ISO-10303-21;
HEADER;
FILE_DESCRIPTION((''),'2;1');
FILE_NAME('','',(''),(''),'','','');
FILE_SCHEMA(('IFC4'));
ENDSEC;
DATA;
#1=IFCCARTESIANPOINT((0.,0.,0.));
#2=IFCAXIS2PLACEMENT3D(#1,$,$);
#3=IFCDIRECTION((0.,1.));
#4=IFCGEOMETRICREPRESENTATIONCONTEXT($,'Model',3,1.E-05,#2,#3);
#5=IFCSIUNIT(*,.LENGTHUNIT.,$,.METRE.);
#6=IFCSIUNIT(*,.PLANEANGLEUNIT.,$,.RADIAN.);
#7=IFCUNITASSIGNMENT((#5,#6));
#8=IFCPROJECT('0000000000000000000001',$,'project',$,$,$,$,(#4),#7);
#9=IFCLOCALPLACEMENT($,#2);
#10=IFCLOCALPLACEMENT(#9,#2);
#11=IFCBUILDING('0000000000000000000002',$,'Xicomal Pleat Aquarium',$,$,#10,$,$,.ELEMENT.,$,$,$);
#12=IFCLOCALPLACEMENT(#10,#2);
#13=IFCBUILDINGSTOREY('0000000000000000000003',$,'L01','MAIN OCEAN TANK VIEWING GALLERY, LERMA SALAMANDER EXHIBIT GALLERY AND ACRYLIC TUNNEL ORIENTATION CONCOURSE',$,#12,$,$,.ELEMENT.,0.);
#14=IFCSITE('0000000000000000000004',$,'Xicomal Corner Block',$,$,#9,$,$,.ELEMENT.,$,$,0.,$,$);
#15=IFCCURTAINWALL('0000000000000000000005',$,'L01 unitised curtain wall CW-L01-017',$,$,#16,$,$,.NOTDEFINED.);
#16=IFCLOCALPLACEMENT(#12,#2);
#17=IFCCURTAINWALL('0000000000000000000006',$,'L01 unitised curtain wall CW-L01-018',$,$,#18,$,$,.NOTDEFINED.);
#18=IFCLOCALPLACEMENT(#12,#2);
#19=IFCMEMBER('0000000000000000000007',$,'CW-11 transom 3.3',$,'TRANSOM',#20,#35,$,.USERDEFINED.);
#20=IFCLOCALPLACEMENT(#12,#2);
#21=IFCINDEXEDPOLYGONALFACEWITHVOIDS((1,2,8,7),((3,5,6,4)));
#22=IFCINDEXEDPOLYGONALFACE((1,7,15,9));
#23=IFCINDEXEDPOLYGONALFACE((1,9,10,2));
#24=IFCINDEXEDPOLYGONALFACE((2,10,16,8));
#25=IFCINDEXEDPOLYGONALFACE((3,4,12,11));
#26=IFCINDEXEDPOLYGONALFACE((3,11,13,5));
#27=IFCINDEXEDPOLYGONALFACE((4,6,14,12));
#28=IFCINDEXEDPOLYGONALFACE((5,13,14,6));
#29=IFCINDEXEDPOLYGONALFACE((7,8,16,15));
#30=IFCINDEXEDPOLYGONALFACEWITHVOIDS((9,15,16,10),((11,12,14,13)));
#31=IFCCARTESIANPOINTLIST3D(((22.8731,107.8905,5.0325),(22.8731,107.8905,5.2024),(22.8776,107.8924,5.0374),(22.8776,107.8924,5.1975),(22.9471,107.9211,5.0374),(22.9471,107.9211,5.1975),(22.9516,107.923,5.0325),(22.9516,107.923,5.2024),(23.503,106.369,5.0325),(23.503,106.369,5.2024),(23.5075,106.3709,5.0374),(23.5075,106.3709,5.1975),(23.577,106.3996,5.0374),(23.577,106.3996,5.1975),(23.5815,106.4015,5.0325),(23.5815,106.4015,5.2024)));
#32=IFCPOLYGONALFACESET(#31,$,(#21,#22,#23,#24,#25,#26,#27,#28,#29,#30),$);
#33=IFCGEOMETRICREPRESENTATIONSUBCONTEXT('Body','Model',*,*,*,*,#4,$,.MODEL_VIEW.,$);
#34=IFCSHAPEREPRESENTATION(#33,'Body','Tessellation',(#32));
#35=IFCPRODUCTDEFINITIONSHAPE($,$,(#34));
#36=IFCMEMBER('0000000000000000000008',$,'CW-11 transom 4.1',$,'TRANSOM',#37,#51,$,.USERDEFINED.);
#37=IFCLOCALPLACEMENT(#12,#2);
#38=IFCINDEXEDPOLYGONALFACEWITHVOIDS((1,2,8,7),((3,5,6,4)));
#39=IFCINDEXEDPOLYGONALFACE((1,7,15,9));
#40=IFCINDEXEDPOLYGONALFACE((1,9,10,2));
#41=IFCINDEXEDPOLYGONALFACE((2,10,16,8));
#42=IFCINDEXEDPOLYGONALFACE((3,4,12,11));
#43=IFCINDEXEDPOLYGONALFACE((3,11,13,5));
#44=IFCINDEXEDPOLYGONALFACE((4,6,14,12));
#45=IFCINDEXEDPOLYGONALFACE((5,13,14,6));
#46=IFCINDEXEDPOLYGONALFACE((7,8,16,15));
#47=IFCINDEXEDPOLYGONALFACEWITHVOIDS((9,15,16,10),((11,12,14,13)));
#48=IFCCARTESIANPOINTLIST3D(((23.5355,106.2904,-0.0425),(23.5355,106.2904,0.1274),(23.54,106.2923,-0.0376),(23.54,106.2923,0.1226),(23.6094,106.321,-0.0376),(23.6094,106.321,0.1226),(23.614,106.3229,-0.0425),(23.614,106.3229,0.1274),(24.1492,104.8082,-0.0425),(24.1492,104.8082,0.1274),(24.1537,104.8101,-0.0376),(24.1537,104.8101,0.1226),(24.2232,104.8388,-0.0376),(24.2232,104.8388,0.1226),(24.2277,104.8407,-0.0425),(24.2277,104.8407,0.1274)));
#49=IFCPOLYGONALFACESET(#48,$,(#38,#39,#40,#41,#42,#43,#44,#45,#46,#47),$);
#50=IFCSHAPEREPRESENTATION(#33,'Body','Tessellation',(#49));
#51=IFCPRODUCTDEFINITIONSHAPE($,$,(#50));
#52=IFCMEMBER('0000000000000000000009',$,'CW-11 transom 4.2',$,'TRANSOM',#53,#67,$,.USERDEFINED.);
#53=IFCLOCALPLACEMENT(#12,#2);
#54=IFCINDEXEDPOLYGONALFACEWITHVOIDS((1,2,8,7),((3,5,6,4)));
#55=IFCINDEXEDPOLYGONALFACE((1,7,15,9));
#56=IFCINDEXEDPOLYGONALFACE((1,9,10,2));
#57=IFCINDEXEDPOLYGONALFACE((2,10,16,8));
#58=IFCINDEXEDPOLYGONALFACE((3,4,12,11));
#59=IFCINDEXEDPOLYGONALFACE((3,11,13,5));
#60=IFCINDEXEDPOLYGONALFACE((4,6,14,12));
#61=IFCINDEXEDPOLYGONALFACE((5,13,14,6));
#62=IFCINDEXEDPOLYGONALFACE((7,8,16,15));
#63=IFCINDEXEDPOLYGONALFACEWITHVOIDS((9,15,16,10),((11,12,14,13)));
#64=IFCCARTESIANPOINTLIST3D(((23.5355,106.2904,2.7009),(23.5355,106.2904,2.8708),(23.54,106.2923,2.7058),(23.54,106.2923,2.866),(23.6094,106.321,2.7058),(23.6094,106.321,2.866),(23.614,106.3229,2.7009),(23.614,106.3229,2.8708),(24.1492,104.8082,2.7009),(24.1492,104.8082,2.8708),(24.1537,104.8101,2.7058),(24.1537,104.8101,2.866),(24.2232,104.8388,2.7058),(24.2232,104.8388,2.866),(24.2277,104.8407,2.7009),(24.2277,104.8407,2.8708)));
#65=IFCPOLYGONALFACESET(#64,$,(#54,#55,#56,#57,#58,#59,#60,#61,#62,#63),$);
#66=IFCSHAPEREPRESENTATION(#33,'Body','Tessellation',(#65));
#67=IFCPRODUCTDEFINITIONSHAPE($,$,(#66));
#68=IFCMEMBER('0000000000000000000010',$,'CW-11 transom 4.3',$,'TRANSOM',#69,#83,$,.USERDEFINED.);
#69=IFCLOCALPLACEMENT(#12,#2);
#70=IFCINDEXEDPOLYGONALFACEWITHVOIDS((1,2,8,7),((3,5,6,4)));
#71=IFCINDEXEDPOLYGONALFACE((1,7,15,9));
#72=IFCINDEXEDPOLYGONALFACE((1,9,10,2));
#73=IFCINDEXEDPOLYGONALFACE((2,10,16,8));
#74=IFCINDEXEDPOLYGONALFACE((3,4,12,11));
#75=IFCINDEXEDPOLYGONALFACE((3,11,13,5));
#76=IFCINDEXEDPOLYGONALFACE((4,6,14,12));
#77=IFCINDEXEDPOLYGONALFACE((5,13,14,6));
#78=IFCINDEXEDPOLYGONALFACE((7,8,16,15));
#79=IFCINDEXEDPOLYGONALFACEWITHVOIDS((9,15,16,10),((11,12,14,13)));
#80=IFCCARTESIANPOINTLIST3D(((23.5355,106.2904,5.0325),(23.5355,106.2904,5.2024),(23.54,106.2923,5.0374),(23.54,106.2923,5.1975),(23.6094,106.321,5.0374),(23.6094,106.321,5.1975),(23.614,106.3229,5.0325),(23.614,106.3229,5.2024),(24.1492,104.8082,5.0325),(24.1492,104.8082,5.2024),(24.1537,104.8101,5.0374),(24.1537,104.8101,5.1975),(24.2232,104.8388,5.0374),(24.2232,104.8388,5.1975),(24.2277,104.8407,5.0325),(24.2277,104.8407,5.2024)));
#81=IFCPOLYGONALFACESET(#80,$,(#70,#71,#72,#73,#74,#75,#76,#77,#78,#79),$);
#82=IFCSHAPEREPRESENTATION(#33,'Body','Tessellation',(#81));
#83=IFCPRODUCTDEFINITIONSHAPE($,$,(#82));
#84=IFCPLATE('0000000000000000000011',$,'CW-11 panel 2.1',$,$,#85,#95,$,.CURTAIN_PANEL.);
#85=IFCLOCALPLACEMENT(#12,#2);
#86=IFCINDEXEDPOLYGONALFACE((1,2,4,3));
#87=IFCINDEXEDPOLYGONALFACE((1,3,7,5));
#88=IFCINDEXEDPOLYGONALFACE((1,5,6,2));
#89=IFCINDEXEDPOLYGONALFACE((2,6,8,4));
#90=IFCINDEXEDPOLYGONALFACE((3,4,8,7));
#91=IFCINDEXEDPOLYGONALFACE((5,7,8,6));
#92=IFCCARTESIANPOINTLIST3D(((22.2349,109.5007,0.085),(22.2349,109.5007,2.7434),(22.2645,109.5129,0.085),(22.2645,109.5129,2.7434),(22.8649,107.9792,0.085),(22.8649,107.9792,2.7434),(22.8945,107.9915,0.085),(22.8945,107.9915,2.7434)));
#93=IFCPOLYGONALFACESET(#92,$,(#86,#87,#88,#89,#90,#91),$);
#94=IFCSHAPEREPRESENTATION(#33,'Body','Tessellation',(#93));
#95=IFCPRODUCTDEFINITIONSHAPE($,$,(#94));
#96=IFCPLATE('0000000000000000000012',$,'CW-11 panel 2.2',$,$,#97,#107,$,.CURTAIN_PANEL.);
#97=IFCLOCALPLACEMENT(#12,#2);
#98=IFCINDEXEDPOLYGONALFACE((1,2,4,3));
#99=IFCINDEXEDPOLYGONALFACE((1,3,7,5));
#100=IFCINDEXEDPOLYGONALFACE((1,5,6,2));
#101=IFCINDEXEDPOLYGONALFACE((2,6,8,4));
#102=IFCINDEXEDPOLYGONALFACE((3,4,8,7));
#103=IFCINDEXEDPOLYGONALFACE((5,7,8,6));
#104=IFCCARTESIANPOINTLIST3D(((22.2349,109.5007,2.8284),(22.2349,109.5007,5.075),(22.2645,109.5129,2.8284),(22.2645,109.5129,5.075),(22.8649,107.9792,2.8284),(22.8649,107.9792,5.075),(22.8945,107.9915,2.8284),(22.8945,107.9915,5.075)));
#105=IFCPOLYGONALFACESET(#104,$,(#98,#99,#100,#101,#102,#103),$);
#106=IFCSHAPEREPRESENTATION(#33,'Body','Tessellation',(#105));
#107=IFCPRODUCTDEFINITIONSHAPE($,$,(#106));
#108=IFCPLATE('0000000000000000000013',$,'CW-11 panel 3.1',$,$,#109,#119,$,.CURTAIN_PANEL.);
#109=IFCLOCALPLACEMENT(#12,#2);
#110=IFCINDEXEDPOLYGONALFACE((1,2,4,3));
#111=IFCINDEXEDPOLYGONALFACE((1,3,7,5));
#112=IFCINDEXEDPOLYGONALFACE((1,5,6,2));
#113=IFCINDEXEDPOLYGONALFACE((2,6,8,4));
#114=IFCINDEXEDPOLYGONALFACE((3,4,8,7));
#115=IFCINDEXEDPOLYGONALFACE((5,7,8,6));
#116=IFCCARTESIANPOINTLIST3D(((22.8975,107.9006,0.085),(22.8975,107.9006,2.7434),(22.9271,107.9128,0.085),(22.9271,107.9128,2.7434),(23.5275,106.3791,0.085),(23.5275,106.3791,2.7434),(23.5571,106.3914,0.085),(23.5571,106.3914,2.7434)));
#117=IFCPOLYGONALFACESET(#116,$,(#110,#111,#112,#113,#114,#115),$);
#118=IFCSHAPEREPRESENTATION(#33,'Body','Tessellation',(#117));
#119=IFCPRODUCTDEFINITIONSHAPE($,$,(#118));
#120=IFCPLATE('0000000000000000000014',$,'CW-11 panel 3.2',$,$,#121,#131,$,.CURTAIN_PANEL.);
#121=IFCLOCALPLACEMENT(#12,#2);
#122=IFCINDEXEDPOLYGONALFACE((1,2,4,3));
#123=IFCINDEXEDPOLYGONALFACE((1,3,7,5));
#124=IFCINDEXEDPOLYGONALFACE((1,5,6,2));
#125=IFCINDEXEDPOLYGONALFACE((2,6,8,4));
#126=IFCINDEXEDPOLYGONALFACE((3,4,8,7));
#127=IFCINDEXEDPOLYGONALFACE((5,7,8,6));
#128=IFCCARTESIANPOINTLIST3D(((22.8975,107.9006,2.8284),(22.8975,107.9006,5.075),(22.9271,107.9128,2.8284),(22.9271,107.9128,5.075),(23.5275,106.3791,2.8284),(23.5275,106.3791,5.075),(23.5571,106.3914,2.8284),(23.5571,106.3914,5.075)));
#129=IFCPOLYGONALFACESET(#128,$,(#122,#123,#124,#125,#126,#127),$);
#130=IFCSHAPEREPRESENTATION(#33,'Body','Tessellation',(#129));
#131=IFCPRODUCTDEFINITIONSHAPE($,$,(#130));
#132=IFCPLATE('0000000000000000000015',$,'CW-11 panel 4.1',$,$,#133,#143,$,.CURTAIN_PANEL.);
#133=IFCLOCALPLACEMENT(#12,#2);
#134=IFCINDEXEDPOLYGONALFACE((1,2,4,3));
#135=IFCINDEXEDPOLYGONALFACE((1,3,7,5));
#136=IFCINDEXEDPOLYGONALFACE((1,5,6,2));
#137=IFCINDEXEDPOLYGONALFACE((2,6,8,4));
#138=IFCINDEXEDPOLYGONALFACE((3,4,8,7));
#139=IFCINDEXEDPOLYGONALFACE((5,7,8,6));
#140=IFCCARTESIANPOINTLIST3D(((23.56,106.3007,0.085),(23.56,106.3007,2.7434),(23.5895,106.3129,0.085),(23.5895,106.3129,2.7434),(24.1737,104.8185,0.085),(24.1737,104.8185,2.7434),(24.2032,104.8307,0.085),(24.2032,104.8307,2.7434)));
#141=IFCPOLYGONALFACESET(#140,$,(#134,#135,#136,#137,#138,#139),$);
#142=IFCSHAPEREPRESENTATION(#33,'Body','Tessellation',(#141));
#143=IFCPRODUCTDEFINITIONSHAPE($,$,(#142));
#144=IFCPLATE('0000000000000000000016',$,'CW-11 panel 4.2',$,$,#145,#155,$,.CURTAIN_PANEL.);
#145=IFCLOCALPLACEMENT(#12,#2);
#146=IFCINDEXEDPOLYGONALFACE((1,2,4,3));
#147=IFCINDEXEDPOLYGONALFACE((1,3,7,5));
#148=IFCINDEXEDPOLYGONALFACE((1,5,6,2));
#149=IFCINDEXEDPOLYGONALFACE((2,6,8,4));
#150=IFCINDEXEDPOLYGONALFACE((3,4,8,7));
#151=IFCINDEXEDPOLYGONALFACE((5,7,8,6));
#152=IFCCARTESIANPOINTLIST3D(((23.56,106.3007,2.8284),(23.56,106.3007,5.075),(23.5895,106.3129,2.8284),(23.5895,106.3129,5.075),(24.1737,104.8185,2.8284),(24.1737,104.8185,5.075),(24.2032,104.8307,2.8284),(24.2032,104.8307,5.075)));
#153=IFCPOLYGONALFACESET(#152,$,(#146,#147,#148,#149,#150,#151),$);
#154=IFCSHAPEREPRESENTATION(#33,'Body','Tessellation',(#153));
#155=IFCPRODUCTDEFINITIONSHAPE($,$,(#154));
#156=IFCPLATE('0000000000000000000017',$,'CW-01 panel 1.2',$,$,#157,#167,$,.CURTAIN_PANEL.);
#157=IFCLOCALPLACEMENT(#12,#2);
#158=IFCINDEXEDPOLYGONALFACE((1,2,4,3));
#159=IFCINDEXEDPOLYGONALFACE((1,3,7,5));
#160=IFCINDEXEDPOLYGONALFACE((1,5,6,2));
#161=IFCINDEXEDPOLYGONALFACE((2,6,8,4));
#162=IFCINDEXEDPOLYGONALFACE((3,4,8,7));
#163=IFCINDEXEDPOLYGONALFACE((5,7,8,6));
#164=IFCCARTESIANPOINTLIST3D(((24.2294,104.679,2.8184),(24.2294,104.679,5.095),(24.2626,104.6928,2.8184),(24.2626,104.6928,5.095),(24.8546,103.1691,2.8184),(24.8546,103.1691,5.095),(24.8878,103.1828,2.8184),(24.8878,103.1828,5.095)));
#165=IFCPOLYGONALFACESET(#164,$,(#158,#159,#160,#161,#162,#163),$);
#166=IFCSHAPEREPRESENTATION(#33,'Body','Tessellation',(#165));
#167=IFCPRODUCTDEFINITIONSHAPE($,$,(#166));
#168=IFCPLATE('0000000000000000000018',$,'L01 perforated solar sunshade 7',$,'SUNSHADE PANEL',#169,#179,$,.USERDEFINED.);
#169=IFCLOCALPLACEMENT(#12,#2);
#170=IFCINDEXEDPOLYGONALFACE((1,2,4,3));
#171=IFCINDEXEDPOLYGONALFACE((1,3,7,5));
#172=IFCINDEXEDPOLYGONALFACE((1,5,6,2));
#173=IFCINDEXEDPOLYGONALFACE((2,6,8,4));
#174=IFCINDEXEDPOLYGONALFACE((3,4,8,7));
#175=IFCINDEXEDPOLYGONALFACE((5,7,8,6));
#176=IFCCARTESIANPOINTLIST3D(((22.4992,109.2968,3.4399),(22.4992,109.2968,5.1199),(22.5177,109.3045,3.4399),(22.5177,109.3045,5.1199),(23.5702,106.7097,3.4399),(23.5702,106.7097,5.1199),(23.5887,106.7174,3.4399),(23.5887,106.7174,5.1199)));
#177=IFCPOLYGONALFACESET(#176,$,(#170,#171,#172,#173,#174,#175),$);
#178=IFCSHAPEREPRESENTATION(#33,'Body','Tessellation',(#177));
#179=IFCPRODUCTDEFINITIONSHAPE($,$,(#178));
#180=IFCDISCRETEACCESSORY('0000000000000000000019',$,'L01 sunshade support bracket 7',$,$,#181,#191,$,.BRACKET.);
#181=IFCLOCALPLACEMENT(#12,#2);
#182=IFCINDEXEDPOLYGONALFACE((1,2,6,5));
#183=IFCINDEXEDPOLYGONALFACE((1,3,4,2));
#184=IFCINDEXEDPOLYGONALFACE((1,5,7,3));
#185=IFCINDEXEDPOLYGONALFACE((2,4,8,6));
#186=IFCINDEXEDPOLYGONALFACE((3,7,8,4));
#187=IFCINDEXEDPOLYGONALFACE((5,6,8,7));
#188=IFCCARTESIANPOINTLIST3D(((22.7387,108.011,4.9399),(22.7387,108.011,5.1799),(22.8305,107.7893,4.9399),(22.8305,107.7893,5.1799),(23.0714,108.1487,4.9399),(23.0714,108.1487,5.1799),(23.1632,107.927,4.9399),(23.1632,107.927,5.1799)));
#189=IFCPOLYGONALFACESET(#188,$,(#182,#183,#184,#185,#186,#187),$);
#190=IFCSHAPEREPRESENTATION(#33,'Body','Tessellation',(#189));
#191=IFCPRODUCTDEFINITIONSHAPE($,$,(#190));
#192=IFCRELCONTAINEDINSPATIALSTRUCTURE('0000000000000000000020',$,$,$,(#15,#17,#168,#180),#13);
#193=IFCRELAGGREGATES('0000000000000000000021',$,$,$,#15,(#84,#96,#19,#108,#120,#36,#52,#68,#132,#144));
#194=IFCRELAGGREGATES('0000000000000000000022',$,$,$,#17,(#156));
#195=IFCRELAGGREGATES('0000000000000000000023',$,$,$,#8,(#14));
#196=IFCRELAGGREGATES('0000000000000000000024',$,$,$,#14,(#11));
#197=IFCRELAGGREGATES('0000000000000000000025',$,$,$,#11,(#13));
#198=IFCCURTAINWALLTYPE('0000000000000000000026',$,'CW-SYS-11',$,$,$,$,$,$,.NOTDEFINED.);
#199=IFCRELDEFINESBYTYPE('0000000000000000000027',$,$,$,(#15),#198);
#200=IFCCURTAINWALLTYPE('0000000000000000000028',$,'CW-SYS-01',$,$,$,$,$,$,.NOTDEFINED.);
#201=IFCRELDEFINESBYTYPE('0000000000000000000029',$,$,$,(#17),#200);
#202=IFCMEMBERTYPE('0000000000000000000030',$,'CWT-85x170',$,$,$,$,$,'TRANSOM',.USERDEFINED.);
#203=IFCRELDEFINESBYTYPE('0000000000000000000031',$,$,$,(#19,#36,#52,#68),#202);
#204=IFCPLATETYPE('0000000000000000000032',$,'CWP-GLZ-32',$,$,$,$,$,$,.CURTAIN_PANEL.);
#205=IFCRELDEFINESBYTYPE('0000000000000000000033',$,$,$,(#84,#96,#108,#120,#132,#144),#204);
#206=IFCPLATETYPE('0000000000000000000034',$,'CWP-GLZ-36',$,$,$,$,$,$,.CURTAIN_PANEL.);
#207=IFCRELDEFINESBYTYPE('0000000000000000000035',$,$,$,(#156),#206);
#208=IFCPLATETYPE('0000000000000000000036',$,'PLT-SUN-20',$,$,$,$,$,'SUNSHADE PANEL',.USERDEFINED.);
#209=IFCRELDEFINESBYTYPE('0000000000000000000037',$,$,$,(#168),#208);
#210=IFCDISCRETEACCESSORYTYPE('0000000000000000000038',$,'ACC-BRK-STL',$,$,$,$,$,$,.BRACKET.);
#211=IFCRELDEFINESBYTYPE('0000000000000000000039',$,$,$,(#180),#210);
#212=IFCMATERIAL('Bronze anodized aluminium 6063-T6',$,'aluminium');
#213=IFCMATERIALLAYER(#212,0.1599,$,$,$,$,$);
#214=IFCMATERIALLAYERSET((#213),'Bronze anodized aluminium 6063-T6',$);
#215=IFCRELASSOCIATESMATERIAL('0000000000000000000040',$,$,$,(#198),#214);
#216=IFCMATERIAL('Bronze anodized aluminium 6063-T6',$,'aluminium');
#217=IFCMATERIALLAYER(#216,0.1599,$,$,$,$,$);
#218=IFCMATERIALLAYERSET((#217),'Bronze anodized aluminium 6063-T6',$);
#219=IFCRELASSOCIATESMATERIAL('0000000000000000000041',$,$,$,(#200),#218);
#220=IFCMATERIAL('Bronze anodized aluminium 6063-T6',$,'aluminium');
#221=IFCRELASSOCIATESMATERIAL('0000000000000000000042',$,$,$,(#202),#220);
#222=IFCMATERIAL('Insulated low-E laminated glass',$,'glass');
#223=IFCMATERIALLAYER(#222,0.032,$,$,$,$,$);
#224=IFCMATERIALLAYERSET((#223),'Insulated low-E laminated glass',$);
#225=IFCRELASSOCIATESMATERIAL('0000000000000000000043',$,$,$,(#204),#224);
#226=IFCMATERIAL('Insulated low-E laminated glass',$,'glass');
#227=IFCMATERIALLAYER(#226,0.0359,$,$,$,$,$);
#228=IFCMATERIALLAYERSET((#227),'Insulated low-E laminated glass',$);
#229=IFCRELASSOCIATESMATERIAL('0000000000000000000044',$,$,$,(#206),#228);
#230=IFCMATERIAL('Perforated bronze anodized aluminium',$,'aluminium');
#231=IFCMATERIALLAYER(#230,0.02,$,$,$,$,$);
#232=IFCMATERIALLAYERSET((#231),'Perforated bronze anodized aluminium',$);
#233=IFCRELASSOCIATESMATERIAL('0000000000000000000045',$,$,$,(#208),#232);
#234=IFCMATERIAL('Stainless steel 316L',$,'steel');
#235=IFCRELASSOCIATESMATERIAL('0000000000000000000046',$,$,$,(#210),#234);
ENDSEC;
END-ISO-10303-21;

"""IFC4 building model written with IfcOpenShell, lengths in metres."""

from ifc_helpers import new_model, si_unit, direction, frame, origin, origin_2d, place, context, subcontext, project, spatial, rectangle, hollow_rectangle, extrude, material, layer, layer_set, material_profile, profile_set, type_object, element, aggregate, save


model = new_model("IFC4")

# Units and contexts
model_context = context("Model", 3, precision=1e-05, world=origin(), true_north=direction((0.0, 1.0)))
body_context = subcontext(model_context, "Body", "Model", "MODEL_VIEW")
ifc_project = project(units=[si_unit("LENGTHUNIT", "METRE"), si_unit("PLANEANGLEUNIT", "RADIAN")], contexts=[model_context])

# Site, building, storey
site_placement = place(None, origin())
site = spatial("IfcSite", under=ifc_project, at=site_placement, Name="Xicomal Corner Block", CompositionType="ELEMENT", RefElevation=0.0)
building_placement = place(site_placement, origin())
building = spatial("IfcBuilding", under=site, at=building_placement, Name="Xicomal Pleat Aquarium", CompositionType="ELEMENT")
storey_placement = place(building_placement, origin())
storey = spatial("IfcBuildingStorey", under=building, at=storey_placement, Name="L01", Description="MAIN OCEAN TANK VIEWING GALLERY, LERMA SALAMANDER EXHIBIT GALLERY AND ACRYLIC TUNNEL ORIENTATION CONCOURSE", CompositionType="ELEMENT", Elevation=0.0)

# Curtain walls
ifc_material_1 = material(Name="Bronze anodized aluminium 6063-T6", Category="aluminium")
ifc_layer_1 = layer(ifc_material_1, 0.1599)
ifc_layer_set_1 = layer_set([ifc_layer_1], Name="Bronze anodized aluminium 6063-T6")
curtain_wall_type_1 = type_object("IfcCurtainWallType", Name="CW-SYS-11", PredefinedType="NOTDEFINED", material=ifc_layer_set_1)
curtain_wall_1_placement = place(storey_placement, origin())
curtain_wall_1 = element("IfcCurtainWall", 1, at=curtain_wall_1_placement, inside=storey, type_object=curtain_wall_type_1, Name="L01 unitised curtain wall CW-L01-017", PredefinedType="NOTDEFINED")
ifc_material_2 = material(Name="Bronze anodized aluminium 6063-T6", Category="aluminium")
ifc_layer_2 = layer(ifc_material_2, 0.1599)
ifc_layer_set_2 = layer_set([ifc_layer_2], Name="Bronze anodized aluminium 6063-T6")
curtain_wall_type_2 = type_object("IfcCurtainWallType", Name="CW-SYS-01", PredefinedType="NOTDEFINED", material=ifc_layer_set_2)
curtain_wall_2_placement = place(storey_placement, origin())
curtain_wall_2 = element("IfcCurtainWall", 2, at=curtain_wall_2_placement, inside=storey, type_object=curtain_wall_type_2, Name="L01 unitised curtain wall CW-L01-018", PredefinedType="NOTDEFINED")

# Members
ifc_material_3 = material(Name="Bronze anodized aluminium 6063-T6", Category="aluminium")
ifc_material_profile_1 = material_profile(ifc_material_3, hollow_rectangle(XDim=0.085, YDim=0.1699, WallThickness=0.0049, at=origin_2d()), Name="ALU TRAN 85x170")
ifc_profile_set_1 = profile_set([ifc_material_profile_1], Name="Bronze anodized aluminium 6063-T6")
member_type_1 = type_object("IfcMemberType", Name="CWT-85x170", ElementType="TRANSOM", PredefinedType="USERDEFINED", material=ifc_profile_set_1)
member_1_placement = place(storey_placement, frame((22.9124, 107.9067, 5.1174), z_axis=(0.382509, -0.923952, 0.0), x_axis=(0.923952, 0.382509, 0.0)))
member_1 = element("IfcMember", 3, at=member_1_placement, type_object=member_type_1, Name="CW-11 transom 3.3", ObjectType="TRANSOM", PredefinedType="USERDEFINED", context=body_context, shape_type="SweptSolid", body=[
    extrude(hollow_rectangle(XDim=0.085, YDim=0.1699, WallThickness=0.0049, at=origin_2d()), origin(), (0.0, 0.0, 1.0), 1.6467),
])
member_2_placement = place(storey_placement, frame((23.5747, 106.3066, 0.0425), z_axis=(0.382594, -0.923917, 0.0), x_axis=(0.923917, 0.382594, 0.0)))
member_2 = element("IfcMember", 4, at=member_2_placement, type_object=member_type_1, Name="CW-11 transom 4.1", ObjectType="TRANSOM", PredefinedType="USERDEFINED", context=body_context, shape_type="SweptSolid", body=[
    extrude(hollow_rectangle(XDim=0.085, YDim=0.1699, WallThickness=0.0049, at=origin_2d()), origin(), (0.0, 0.0, 1.0), 1.6042),
])
member_3_placement = place(storey_placement, frame((23.5747, 106.3066, 2.7859), z_axis=(0.382594, -0.923917, 0.0), x_axis=(0.923917, 0.382594, 0.0)))
member_3 = element("IfcMember", 5, at=member_3_placement, type_object=member_type_1, Name="CW-11 transom 4.2", ObjectType="TRANSOM", PredefinedType="USERDEFINED", context=body_context, shape_type="SweptSolid", body=[
    extrude(hollow_rectangle(XDim=0.085, YDim=0.1699, WallThickness=0.0049, at=origin_2d()), origin(), (0.0, 0.0, 1.0), 1.6042),
])
member_4_placement = place(storey_placement, frame((23.5747, 106.3066, 5.1174), z_axis=(0.382594, -0.923917, 0.0), x_axis=(0.923917, 0.382594, 0.0)))
member_4 = element("IfcMember", 6, at=member_4_placement, type_object=member_type_1, Name="CW-11 transom 4.3", ObjectType="TRANSOM", PredefinedType="USERDEFINED", context=body_context, shape_type="SweptSolid", body=[
    extrude(hollow_rectangle(XDim=0.085, YDim=0.1699, WallThickness=0.0049, at=origin_2d()), origin(), (0.0, 0.0, 1.0), 1.6042),
])

# Plates
ifc_material_4 = material(Name="Insulated low-E laminated glass", Category="glass")
ifc_layer_3 = layer(ifc_material_4, 0.032)
ifc_layer_set_3 = layer_set([ifc_layer_3], Name="Insulated low-E laminated glass")
plate_type_1 = type_object("IfcPlateType", Name="CWP-GLZ-32", PredefinedType="CURTAIN_PANEL", material=ifc_layer_set_3)
plate_1_placement = place(storey_placement, frame((22.5647, 108.7461, 0.085), z_axis=(0.0, 0.0, 1.0), x_axis=(0.382564, -0.923929, 0.0)))
plate_1 = element("IfcPlate", 7, at=plate_1_placement, type_object=plate_type_1, Name="CW-11 panel 2.1", PredefinedType="CURTAIN_PANEL", context=body_context, shape_type="SweptSolid", body=[
    extrude(rectangle(XDim=1.6467, YDim=0.032, at=origin_2d()), origin(), (0.0, 0.0, 1.0), 2.6584),
])
plate_2_placement = place(storey_placement, frame((22.5647, 108.7461, 2.8284), z_axis=(0.0, 0.0, 1.0), x_axis=(0.382564, -0.923929, 0.0)))
plate_2 = element("IfcPlate", 8, at=plate_2_placement, type_object=plate_type_1, Name="CW-11 panel 2.2", PredefinedType="CURTAIN_PANEL", context=body_context, shape_type="SweptSolid", body=[
    extrude(rectangle(XDim=1.6467, YDim=0.032, at=origin_2d()), origin(), (0.0, 0.0, 1.0), 2.2466),
])
plate_3_placement = place(storey_placement, frame((23.2273, 107.146, 0.085), z_axis=(0.0, 0.0, 1.0), x_axis=(0.382564, -0.923929, 0.0)))
plate_3 = element("IfcPlate", 9, at=plate_3_placement, type_object=plate_type_1, Name="CW-11 panel 3.1", PredefinedType="CURTAIN_PANEL", context=body_context, shape_type="SweptSolid", body=[
    extrude(rectangle(XDim=1.6467, YDim=0.032, at=origin_2d()), origin(), (0.0, 0.0, 1.0), 2.6584),
])
plate_4_placement = place(storey_placement, frame((23.2273, 107.146, 2.8284), z_axis=(0.0, 0.0, 1.0), x_axis=(0.382564, -0.923929, 0.0)))
plate_4 = element("IfcPlate", 10, at=plate_4_placement, type_object=plate_type_1, Name="CW-11 panel 3.2", PredefinedType="CURTAIN_PANEL", context=body_context, shape_type="SweptSolid", body=[
    extrude(rectangle(XDim=1.6467, YDim=0.032, at=origin_2d()), origin(), (0.0, 0.0, 1.0), 2.2466),
])
plate_5_placement = place(storey_placement, frame((23.8816, 105.5657, 0.085), z_axis=(0.0, 0.0, 1.0), x_axis=(0.382564, -0.923929, 0.0)))
plate_5 = element("IfcPlate", 11, at=plate_5_placement, type_object=plate_type_1, Name="CW-11 panel 4.1", PredefinedType="CURTAIN_PANEL", context=body_context, shape_type="SweptSolid", body=[
    extrude(rectangle(XDim=1.6042, YDim=0.032, at=origin_2d()), origin(), (0.0, 0.0, 1.0), 2.6584),
])
plate_6_placement = place(storey_placement, frame((23.8816, 105.5657, 2.8284), z_axis=(0.0, 0.0, 1.0), x_axis=(0.382564, -0.923929, 0.0)))
plate_6 = element("IfcPlate", 12, at=plate_6_placement, type_object=plate_type_1, Name="CW-11 panel 4.2", PredefinedType="CURTAIN_PANEL", context=body_context, shape_type="SweptSolid", body=[
    extrude(rectangle(XDim=1.6042, YDim=0.032, at=origin_2d()), origin(), (0.0, 0.0, 1.0), 2.2466),
])
aggregate(curtain_wall_1, [plate_1, plate_2, member_1, plate_3, plate_4, member_2, member_3, member_4, plate_5, plate_6])
ifc_material_5 = material(Name="Insulated low-E laminated glass", Category="glass")
ifc_layer_4 = layer(ifc_material_5, 0.0359)
ifc_layer_set_4 = layer_set([ifc_layer_4], Name="Insulated low-E laminated glass")
plate_type_2 = type_object("IfcPlateType", Name="CWP-GLZ-36", PredefinedType="CURTAIN_PANEL", material=ifc_layer_set_4)
plate_7_placement = place(storey_placement, frame((24.5586, 103.9309, 2.8184), z_axis=(0.0, 0.0, 1.0), x_axis=(0.382564, -0.923929, 0.0)))
plate_7 = element("IfcPlate", 13, at=plate_7_placement, type_object=plate_type_2, Name="CW-01 panel 1.2", PredefinedType="CURTAIN_PANEL", context=body_context, shape_type="SweptSolid", body=[
    extrude(rectangle(XDim=1.6343, YDim=0.0359, at=origin_2d()), origin(), (0.0, 0.0, 1.0), 2.2766),
])
aggregate(curtain_wall_2, [plate_7])
ifc_material_6 = material(Name="Perforated bronze anodized aluminium", Category="aluminium")
ifc_layer_5 = layer(ifc_material_6, 0.02)
ifc_layer_set_5 = layer_set([ifc_layer_5], Name="Perforated bronze anodized aluminium")
plate_type_3 = type_object("IfcPlateType", Name="PLT-SUN-20", ElementType="SUNSHADE PANEL", PredefinedType="USERDEFINED", material=ifc_layer_set_5)
plate_8_placement = place(storey_placement, frame((23.0439, 108.0071, 3.4399), z_axis=(0.0, 0.0, 1.0), x_axis=(0.382522, -0.923946, 0.0)))
element("IfcPlate", 14, at=plate_8_placement, inside=storey, type_object=plate_type_3, Name="L01 perforated solar sunshade 7", ObjectType="SUNSHADE PANEL", PredefinedType="USERDEFINED", context=body_context, shape_type="SweptSolid", body=[
    extrude(rectangle(XDim=2.8, YDim=0.02, at=origin_2d()), origin(), (0.0, 0.0, 1.0), 1.6799),
])

# Discrete accessory
ifc_material_7 = material(Name="Stainless steel 316L", Category="steel")
discrete_accessory_type = type_object("IfcDiscreteAccessoryType", Name="ACC-BRK-STL", PredefinedType="BRACKET", material=ifc_material_7)
discrete_accessory_placement = place(storey_placement, frame((22.9509, 107.969, 4.9399), z_axis=(0.0, 0.0, 1.0), x_axis=(0.382522, -0.923946, 0.0)))
element("IfcDiscreteAccessory", 15, at=discrete_accessory_placement, inside=storey, type_object=discrete_accessory_type, Name="L01 sunshade support bracket 7", PredefinedType="BRACKET", context=body_context, shape_type="SweptSolid", body=[
    extrude(rectangle(XDim=0.24, YDim=0.3601, at=origin_2d()), origin(), (0.0, 0.0, 1.0), 0.24),
])

save(model, "model.ifc")
